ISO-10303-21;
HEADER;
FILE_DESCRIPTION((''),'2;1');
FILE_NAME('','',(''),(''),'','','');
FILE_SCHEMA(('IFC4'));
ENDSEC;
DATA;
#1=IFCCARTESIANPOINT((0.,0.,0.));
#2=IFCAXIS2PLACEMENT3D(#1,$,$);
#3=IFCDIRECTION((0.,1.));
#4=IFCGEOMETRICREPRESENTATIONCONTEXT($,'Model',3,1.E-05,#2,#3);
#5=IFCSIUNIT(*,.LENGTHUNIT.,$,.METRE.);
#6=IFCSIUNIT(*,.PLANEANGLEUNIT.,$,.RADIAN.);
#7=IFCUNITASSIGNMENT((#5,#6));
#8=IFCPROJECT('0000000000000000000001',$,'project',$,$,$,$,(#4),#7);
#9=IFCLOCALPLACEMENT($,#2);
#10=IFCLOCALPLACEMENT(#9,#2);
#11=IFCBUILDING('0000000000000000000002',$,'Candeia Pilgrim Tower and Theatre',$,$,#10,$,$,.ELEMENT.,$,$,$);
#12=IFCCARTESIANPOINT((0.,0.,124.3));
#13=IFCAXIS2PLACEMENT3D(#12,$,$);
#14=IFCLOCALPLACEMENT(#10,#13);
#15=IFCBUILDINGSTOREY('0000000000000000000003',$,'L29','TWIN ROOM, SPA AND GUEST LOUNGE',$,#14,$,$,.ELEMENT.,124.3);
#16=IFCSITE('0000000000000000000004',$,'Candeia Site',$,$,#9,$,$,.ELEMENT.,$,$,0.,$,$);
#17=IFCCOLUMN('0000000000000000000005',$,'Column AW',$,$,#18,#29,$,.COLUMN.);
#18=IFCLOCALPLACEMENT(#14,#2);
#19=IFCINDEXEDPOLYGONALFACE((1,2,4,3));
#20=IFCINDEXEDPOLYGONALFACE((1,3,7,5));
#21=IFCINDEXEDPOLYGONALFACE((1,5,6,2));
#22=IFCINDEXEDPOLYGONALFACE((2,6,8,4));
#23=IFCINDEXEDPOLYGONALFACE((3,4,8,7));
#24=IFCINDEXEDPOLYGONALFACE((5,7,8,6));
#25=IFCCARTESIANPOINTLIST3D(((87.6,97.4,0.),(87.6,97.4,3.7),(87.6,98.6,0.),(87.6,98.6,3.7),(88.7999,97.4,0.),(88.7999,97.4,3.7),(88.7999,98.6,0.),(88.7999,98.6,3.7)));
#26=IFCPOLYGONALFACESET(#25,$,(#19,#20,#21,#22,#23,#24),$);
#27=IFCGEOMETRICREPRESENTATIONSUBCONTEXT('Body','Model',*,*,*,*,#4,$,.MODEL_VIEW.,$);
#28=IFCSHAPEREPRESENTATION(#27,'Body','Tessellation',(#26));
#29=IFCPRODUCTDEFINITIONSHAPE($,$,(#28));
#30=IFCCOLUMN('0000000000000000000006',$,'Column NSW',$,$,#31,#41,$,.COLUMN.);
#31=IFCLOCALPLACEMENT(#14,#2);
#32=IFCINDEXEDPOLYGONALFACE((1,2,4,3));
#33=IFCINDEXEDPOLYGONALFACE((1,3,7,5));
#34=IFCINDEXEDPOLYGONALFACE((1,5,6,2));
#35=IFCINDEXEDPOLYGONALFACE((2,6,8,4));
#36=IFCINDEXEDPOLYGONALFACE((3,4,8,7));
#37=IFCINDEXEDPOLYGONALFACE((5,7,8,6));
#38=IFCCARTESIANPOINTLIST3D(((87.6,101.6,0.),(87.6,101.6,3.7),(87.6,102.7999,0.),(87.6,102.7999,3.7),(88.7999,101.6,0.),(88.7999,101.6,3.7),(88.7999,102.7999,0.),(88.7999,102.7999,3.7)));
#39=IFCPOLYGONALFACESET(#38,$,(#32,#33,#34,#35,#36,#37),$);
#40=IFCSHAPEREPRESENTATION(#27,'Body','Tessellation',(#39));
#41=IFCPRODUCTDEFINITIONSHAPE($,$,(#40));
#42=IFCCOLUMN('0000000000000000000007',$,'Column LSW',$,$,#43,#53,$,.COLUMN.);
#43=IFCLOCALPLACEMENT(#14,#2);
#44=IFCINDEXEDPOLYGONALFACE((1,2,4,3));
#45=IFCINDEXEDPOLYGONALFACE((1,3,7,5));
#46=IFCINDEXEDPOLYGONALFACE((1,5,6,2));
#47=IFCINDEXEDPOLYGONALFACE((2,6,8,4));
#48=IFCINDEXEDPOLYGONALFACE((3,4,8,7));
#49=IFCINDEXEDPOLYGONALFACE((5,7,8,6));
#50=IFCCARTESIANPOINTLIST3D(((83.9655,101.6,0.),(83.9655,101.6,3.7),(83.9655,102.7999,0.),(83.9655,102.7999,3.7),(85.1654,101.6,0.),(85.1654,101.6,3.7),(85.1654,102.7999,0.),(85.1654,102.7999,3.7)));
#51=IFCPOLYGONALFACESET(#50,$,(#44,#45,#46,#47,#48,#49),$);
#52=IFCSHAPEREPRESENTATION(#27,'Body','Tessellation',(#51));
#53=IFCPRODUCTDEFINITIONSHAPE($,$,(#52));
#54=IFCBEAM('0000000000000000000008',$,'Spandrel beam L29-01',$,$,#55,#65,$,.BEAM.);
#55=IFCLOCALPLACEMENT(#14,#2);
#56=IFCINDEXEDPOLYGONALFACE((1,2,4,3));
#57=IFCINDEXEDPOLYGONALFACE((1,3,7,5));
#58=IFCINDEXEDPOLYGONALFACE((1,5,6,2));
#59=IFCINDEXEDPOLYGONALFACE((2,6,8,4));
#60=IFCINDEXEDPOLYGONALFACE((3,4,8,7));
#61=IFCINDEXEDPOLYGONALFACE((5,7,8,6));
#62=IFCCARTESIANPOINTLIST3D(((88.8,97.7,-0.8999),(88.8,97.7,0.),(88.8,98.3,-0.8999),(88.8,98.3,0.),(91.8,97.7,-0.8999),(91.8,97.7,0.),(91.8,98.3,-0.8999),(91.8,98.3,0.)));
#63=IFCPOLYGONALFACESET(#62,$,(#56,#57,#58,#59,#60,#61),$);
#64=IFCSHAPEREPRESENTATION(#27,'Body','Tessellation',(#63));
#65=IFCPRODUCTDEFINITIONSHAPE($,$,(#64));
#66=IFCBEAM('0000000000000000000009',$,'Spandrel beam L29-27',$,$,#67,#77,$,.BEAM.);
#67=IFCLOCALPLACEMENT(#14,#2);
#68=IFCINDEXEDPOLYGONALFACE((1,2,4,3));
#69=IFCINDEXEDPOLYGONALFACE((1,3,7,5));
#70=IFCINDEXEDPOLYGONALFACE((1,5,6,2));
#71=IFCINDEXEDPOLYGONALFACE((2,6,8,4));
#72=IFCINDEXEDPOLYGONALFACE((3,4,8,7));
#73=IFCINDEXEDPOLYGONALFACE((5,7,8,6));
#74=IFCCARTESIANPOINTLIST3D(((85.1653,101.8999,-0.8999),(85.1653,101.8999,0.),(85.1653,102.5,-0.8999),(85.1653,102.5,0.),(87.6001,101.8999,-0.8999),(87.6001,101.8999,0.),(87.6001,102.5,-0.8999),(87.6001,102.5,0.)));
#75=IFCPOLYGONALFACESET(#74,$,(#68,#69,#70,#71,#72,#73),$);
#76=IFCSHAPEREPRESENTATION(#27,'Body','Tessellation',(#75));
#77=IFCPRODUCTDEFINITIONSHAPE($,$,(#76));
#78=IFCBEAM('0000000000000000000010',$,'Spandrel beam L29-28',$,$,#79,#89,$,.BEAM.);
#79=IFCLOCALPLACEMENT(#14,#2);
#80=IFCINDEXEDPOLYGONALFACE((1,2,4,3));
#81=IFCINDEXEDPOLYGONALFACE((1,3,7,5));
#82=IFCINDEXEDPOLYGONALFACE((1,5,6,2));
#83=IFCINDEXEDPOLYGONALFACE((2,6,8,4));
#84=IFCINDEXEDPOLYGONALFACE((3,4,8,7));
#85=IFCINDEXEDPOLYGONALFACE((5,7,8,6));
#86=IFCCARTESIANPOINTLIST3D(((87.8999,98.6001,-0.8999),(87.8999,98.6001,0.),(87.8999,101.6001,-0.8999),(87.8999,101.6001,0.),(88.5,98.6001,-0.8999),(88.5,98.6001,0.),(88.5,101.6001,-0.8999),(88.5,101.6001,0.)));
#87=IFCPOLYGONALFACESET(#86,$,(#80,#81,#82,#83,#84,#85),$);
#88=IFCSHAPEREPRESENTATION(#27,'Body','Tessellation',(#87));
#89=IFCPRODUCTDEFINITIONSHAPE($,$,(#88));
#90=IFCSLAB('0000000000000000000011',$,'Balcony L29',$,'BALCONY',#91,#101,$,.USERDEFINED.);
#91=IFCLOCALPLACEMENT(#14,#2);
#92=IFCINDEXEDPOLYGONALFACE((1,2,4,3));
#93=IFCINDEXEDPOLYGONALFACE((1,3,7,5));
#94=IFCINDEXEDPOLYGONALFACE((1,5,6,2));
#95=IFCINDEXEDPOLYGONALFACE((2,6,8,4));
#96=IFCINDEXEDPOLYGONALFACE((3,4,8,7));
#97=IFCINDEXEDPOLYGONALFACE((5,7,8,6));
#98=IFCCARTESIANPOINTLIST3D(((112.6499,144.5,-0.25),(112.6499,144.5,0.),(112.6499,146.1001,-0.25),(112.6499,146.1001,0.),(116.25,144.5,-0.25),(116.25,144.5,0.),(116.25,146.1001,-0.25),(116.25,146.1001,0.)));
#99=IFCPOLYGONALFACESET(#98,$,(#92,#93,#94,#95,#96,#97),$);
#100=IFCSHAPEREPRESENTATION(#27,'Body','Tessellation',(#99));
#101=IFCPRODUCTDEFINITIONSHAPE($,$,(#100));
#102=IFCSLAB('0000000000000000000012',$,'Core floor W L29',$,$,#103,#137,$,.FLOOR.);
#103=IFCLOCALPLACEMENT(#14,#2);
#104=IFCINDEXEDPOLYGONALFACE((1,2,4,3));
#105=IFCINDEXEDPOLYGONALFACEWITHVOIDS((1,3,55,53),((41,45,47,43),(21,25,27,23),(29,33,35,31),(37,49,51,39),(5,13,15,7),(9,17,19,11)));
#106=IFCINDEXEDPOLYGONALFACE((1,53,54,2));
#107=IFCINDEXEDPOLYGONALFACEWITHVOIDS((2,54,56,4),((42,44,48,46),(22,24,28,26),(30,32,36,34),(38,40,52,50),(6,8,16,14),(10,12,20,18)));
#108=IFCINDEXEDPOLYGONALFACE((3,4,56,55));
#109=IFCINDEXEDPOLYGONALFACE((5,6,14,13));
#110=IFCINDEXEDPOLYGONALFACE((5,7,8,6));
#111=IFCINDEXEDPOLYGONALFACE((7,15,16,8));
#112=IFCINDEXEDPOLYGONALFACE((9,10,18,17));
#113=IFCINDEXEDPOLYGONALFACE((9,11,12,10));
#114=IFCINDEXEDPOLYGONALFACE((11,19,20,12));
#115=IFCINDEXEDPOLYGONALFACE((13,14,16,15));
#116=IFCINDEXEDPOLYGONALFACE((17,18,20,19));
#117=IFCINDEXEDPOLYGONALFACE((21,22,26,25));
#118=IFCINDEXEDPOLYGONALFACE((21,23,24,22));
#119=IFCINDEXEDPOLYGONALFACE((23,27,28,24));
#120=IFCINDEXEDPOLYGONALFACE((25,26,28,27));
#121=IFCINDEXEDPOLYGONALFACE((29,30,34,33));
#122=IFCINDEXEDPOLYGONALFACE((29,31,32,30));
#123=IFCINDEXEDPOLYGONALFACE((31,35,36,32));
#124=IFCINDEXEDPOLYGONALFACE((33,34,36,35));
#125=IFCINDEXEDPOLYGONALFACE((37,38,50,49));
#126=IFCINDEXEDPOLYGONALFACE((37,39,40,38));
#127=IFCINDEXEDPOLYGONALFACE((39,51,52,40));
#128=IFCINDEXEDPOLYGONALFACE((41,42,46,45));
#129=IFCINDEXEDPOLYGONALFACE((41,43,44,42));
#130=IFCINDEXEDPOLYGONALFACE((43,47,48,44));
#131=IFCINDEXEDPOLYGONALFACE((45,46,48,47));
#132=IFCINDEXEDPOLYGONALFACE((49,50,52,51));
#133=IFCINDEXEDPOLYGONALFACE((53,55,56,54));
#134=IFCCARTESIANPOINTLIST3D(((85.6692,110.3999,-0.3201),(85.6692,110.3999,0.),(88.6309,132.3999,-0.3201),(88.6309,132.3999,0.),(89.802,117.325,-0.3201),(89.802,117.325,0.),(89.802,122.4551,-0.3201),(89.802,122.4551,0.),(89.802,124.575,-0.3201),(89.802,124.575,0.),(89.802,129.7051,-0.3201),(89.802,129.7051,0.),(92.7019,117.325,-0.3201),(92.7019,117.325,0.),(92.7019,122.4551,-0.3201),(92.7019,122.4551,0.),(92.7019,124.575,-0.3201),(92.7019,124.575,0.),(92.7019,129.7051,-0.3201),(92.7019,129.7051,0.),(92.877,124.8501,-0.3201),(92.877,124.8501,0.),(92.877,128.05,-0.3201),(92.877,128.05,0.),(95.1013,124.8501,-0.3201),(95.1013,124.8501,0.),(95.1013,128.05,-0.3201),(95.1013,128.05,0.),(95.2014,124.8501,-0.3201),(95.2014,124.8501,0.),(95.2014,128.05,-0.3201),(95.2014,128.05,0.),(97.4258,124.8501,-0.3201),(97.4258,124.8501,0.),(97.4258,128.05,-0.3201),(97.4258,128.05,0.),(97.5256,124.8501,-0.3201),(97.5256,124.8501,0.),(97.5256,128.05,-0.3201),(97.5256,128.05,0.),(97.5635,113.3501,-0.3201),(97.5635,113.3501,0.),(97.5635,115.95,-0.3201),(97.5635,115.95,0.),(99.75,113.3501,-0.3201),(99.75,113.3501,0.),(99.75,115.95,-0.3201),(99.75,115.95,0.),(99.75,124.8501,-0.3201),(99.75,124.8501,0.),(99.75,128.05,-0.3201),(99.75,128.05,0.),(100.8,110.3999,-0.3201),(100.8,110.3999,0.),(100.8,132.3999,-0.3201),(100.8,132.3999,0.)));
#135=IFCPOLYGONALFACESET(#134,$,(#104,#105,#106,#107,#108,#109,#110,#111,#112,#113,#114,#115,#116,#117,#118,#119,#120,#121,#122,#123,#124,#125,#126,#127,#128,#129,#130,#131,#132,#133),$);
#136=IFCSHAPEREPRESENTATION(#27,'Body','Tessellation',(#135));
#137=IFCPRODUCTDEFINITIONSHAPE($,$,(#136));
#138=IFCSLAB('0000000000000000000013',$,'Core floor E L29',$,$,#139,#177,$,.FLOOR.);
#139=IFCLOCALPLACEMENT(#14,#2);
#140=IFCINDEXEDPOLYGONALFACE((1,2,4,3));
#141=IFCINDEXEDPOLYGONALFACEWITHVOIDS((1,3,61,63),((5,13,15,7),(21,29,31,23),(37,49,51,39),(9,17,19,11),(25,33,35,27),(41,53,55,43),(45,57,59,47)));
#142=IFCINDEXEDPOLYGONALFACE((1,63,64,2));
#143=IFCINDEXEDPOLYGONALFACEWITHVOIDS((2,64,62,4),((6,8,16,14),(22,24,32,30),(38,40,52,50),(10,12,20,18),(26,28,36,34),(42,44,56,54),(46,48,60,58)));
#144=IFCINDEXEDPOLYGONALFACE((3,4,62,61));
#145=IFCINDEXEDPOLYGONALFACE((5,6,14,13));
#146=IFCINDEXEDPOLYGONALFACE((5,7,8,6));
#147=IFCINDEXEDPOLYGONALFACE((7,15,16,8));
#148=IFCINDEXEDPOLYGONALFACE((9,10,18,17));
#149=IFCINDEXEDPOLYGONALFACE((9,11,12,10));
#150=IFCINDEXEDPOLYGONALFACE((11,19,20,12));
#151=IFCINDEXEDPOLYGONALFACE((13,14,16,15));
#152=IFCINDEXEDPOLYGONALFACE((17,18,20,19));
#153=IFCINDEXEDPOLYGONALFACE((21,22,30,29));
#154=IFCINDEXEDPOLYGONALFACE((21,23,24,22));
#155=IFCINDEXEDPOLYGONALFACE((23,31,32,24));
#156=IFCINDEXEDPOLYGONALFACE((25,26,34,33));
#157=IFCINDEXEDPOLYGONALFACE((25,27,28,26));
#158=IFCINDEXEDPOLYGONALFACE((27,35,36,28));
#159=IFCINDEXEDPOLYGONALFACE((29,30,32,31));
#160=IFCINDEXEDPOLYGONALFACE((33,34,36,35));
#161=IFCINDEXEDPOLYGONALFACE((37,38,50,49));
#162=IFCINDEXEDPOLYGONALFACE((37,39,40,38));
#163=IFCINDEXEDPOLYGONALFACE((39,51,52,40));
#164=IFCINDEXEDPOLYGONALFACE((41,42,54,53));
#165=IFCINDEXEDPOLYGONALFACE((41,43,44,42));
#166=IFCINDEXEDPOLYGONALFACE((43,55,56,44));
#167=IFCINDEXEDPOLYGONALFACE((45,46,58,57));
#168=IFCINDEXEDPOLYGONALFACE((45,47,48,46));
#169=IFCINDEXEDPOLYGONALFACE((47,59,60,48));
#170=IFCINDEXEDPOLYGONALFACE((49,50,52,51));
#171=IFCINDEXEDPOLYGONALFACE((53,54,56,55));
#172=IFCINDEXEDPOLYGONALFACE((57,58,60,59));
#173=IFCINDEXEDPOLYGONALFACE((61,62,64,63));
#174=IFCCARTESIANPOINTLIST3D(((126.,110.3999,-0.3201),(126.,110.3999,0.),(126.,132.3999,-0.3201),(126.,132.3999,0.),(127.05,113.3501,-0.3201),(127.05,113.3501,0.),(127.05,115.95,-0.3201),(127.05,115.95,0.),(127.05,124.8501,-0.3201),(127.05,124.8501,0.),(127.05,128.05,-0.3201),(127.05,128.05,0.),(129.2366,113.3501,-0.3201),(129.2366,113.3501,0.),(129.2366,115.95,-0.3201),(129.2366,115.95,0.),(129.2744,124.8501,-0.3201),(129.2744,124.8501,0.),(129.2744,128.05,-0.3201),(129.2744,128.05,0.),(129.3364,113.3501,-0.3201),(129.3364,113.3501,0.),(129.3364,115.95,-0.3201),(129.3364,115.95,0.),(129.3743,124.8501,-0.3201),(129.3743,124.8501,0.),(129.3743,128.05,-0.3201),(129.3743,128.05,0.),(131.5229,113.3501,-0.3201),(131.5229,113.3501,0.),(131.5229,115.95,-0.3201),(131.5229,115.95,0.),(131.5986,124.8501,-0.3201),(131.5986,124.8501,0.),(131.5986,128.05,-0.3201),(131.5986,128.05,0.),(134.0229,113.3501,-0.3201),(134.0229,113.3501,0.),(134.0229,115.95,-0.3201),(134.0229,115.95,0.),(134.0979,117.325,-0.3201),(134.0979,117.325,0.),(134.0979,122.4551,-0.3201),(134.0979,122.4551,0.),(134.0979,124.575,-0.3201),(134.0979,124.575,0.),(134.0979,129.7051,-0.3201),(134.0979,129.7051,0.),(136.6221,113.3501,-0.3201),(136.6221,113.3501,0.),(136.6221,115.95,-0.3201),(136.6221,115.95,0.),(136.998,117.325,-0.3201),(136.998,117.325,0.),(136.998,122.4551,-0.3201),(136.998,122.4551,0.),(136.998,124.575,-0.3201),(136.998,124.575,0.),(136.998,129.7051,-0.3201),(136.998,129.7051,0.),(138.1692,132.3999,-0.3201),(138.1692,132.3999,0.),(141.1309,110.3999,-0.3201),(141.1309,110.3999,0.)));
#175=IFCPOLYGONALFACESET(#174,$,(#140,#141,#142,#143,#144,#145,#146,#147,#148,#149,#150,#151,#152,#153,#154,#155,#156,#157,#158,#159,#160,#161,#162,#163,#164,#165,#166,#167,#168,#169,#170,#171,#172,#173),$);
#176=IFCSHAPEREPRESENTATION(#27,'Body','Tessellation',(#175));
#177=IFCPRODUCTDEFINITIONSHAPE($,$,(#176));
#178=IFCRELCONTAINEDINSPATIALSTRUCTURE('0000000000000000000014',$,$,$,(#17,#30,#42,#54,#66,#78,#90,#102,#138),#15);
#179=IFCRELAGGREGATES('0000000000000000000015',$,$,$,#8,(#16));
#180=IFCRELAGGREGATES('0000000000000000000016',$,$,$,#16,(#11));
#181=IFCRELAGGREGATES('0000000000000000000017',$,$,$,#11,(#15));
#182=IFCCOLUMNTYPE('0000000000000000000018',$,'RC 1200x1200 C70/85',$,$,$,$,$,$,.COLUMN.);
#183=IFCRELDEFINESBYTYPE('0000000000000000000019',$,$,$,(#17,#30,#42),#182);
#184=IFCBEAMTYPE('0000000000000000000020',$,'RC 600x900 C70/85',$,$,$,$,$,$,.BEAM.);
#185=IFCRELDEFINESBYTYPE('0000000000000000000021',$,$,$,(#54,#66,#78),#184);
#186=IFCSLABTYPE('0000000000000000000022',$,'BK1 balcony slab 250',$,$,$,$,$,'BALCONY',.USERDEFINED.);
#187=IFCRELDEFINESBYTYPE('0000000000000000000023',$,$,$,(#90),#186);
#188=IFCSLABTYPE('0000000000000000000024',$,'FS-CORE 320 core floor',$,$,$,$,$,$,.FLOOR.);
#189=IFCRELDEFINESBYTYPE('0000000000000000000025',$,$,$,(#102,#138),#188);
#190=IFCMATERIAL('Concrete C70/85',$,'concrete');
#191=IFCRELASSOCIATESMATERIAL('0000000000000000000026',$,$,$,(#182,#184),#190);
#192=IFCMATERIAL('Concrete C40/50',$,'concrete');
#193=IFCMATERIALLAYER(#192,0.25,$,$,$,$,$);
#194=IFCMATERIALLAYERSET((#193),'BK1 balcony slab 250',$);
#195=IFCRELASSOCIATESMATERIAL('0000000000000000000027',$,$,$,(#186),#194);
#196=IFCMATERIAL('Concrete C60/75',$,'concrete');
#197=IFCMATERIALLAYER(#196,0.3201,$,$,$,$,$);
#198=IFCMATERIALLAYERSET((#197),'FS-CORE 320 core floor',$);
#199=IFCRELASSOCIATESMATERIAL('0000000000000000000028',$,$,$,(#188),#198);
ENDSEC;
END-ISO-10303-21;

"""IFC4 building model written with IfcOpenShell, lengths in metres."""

from ifc_helpers import new_model, si_unit, direction, frame, origin, origin_2d, place, context, subcontext, project, spatial, polyline, rectangle, outline, extrude, material, layer, layer_set, material_profile, profile_set, type_object, element, save


model = new_model("IFC4")

# Units and contexts
model_context = context("Model", 3, precision=1e-05, world=origin(), true_north=direction((0.0, 1.0)))
body_context = subcontext(model_context, "Body", "Model", "MODEL_VIEW")
ifc_project = project(units=[si_unit("LENGTHUNIT", "METRE"), si_unit("PLANEANGLEUNIT", "RADIAN")], contexts=[model_context])

# Site, building, storey
site_placement = place(None, origin())
site = spatial("IfcSite", under=ifc_project, at=site_placement, Name="Candeia Site", CompositionType="ELEMENT", RefElevation=0.0)
building_placement = place(site_placement, origin())
building = spatial("IfcBuilding", under=site, at=building_placement, Name="Candeia Pilgrim Tower and Theatre", CompositionType="ELEMENT")
storey_placement = place(building_placement, frame((0.0, 0.0, 124.3)))
storey = spatial("IfcBuildingStorey", under=building, at=storey_placement, Name="L29", Description="TWIN ROOM, SPA AND GUEST LOUNGE", CompositionType="ELEMENT", Elevation=124.3)

# Columns
ifc_material_1 = material(Name="Concrete C70/85", Category="concrete")
ifc_material_profile_1 = material_profile(ifc_material_1, rectangle(XDim=1.2, YDim=1.2, at=origin_2d()))
ifc_profile_set_1 = profile_set([ifc_material_profile_1], Name="Concrete C70/85")
column_type = type_object("IfcColumnType", Name="RC 1200x1200 C70/85", PredefinedType="COLUMN", material=ifc_profile_set_1)
for number, where, z_axis, x_axis, name in (
    (1, (88.2, 98.0, 0.0), (0.0, 0.0, 1.0), (1.0, 0.0, 0.0), "Column AW"),
    (2, (88.2, 102.2, 0.0), (0.0, 0.0, 1.0), (1.0, 0.0, 0.0), "Column NSW"),
    (3, (84.5654, 102.2, 0.0), (0.0, 0.0, 1.0), (1.0, 0.0, 0.0), "Column LSW"),
):
    element("IfcColumn", number, at=place(storey_placement, frame(where, z_axis=z_axis, x_axis=x_axis)), inside=storey, type_object=column_type, Name=name, PredefinedType="COLUMN", context=body_context, shape_type="SweptSolid", body=[
        extrude(rectangle(XDim=1.2, YDim=1.2, at=origin_2d()), origin(), (0.0, 0.0, 1.0), 3.7),
    ])

# Beams
ifc_material_profile_2 = material_profile(ifc_material_1, rectangle(XDim=0.6001, YDim=0.8999, at=origin_2d()))
ifc_profile_set_2 = profile_set([ifc_material_profile_2], Name="Concrete C70/85")
beam_type = type_object("IfcBeamType", Name="RC 600x900 C70/85", PredefinedType="BEAM", material=ifc_profile_set_2)
beam_1_placement = place(storey_placement, frame((88.8, 98.0, -0.45), z_axis=(1.0, 0.0, 0.0), x_axis=(0.0, 1.0, 0.0)))
element("IfcBeam", 4, at=beam_1_placement, inside=storey, type_object=beam_type, Name="Spandrel beam L29-01", PredefinedType="BEAM", context=body_context, shape_type="SweptSolid", body=[
    extrude(rectangle(XDim=0.6001, YDim=0.8999, at=origin_2d()), origin(), (0.0, 0.0, 1.0), 3.0),
])
beam_2_placement = place(storey_placement, frame((85.1653, 102.2, -0.45), z_axis=(1.0, 0.0, 0.0), x_axis=(0.0, 1.0, 0.0)))
element("IfcBeam", 5, at=beam_2_placement, inside=storey, type_object=beam_type, Name="Spandrel beam L29-27", PredefinedType="BEAM", context=body_context, shape_type="SweptSolid", body=[
    extrude(rectangle(XDim=0.6001, YDim=0.8999, at=origin_2d()), origin(), (0.0, 0.0, 1.0), 2.4348),
])
beam_3_placement = place(storey_placement, frame((88.2, 101.6001, -0.45), z_axis=(0.0, -1.0, 0.0), x_axis=(1.0, 0.0, 0.0)))
element("IfcBeam", 6, at=beam_3_placement, inside=storey, type_object=beam_type, Name="Spandrel beam L29-28", PredefinedType="BEAM", context=body_context, shape_type="SweptSolid", body=[
    extrude(rectangle(XDim=0.6001, YDim=0.8999, at=origin_2d()), origin(), (0.0, 0.0, 1.0), 3.0),
])

# Slabs
ifc_material_2 = material(Name="Concrete C40/50", Category="concrete")
ifc_layer_1 = layer(ifc_material_2, 0.25)
ifc_layer_set_1 = layer_set([ifc_layer_1], Name="BK1 balcony slab 250")
slab_type_1 = type_object("IfcSlabType", Name="BK1 balcony slab 250", ElementType="BALCONY", PredefinedType="USERDEFINED", material=ifc_layer_set_1)
slab_1_placement = place(storey_placement, frame((0.0, 0.0, -0.25)))
element("IfcSlab", 7, at=slab_1_placement, inside=storey, type_object=slab_type_1, Name="Balcony L29", ObjectType="BALCONY", PredefinedType="USERDEFINED", context=body_context, shape_type="SweptSolid", body=[
    extrude(outline(polyline([(112.6499, 144.5), (116.25, 144.5), (116.25, 146.1001), (112.6499, 146.1001), (112.6499, 144.5)])), origin(), (0.0, 0.0, 1.0), 0.25),
])
ifc_material_3 = material(Name="Concrete C60/75", Category="concrete")
ifc_layer_2 = layer(ifc_material_3, 0.3201)
ifc_layer_set_2 = layer_set([ifc_layer_2], Name="FS-CORE 320 core floor")
slab_type_2 = type_object("IfcSlabType", Name="FS-CORE 320 core floor", PredefinedType="FLOOR", material=ifc_layer_set_2)
slab_2_placement = place(storey_placement, frame((0.0, 0.0, -0.3201)))
element("IfcSlab", 8, at=slab_2_placement, inside=storey, type_object=slab_type_2, Name="Core floor W L29", PredefinedType="FLOOR", context=body_context, shape_type="SweptSolid", body=[
    extrude(outline(polyline([(100.8, 132.3999), (100.8, 110.3999), (85.6692, 110.3999), (88.6309, 132.3999), (100.8, 132.3999)]), holes=[polyline([(97.5256, 128.05), (97.5256, 124.8501), (99.75, 124.8501), (99.75, 128.05), (97.5256, 128.05)]), polyline([(97.5635, 113.3501), (99.75, 113.3501), (99.75, 115.95), (97.5635, 115.95), (97.5635, 113.3501)]), polyline([(95.2014, 124.8501), (97.4258, 124.8501), (97.4258, 128.05), (95.2014, 128.05), (95.2014, 124.8501)]), polyline([(92.877, 128.05), (92.877, 124.8501), (95.1013, 124.8501), (95.1013, 128.05), (92.877, 128.05)]), polyline([(89.802, 122.4551), (89.802, 117.325), (92.7019, 117.325), (92.7019, 122.4551), (89.802, 122.4551)]), polyline([(89.802, 129.7051), (89.802, 124.575), (92.7019, 124.575), (92.7019, 129.7051), (89.802, 129.7051)])]), origin(), (0.0, 0.0, 1.0), 0.3201),
])
slab_3_placement = place(storey_placement, frame((0.0, 0.0, -0.3201)))
element("IfcSlab", 9, at=slab_3_placement, inside=storey, type_object=slab_type_2, Name="Core floor E L29", PredefinedType="FLOOR", context=body_context, shape_type="SweptSolid", body=[
    extrude(outline(polyline([(138.1692, 132.3999), (141.1309, 110.3999), (126.0, 110.3999), (126.0, 132.3999), (138.1692, 132.3999)]), holes=[polyline([(134.0979, 122.4551), (134.0979, 117.325), (136.998, 117.325), (136.998, 122.4551), (134.0979, 122.4551)]), polyline([(134.0979, 129.7051), (134.0979, 124.575), (136.998, 124.575), (136.998, 129.7051), (134.0979, 129.7051)]), polyline([(136.6221, 115.95), (134.0229, 115.95), (134.0229, 113.3501), (136.6221, 113.3501), (136.6221, 115.95)]), polyline([(131.5986, 128.05), (129.3743, 128.05), (129.3743, 124.8501), (131.5986, 124.8501), (131.5986, 128.05)]), polyline([(131.5229, 115.95), (129.3364, 115.95), (129.3364, 113.3501), (131.5229, 113.3501), (131.5229, 115.95)]), polyline([(129.2744, 128.05), (127.05, 128.05), (127.05, 124.8501), (129.2744, 124.8501), (129.2744, 128.05)]), polyline([(127.05, 115.95), (127.05, 113.3501), (129.2366, 113.3501), (129.2366, 115.95), (127.05, 115.95)])]), origin(), (0.0, 0.0, 1.0), 0.3201),
])

save(model, "model.ifc")
